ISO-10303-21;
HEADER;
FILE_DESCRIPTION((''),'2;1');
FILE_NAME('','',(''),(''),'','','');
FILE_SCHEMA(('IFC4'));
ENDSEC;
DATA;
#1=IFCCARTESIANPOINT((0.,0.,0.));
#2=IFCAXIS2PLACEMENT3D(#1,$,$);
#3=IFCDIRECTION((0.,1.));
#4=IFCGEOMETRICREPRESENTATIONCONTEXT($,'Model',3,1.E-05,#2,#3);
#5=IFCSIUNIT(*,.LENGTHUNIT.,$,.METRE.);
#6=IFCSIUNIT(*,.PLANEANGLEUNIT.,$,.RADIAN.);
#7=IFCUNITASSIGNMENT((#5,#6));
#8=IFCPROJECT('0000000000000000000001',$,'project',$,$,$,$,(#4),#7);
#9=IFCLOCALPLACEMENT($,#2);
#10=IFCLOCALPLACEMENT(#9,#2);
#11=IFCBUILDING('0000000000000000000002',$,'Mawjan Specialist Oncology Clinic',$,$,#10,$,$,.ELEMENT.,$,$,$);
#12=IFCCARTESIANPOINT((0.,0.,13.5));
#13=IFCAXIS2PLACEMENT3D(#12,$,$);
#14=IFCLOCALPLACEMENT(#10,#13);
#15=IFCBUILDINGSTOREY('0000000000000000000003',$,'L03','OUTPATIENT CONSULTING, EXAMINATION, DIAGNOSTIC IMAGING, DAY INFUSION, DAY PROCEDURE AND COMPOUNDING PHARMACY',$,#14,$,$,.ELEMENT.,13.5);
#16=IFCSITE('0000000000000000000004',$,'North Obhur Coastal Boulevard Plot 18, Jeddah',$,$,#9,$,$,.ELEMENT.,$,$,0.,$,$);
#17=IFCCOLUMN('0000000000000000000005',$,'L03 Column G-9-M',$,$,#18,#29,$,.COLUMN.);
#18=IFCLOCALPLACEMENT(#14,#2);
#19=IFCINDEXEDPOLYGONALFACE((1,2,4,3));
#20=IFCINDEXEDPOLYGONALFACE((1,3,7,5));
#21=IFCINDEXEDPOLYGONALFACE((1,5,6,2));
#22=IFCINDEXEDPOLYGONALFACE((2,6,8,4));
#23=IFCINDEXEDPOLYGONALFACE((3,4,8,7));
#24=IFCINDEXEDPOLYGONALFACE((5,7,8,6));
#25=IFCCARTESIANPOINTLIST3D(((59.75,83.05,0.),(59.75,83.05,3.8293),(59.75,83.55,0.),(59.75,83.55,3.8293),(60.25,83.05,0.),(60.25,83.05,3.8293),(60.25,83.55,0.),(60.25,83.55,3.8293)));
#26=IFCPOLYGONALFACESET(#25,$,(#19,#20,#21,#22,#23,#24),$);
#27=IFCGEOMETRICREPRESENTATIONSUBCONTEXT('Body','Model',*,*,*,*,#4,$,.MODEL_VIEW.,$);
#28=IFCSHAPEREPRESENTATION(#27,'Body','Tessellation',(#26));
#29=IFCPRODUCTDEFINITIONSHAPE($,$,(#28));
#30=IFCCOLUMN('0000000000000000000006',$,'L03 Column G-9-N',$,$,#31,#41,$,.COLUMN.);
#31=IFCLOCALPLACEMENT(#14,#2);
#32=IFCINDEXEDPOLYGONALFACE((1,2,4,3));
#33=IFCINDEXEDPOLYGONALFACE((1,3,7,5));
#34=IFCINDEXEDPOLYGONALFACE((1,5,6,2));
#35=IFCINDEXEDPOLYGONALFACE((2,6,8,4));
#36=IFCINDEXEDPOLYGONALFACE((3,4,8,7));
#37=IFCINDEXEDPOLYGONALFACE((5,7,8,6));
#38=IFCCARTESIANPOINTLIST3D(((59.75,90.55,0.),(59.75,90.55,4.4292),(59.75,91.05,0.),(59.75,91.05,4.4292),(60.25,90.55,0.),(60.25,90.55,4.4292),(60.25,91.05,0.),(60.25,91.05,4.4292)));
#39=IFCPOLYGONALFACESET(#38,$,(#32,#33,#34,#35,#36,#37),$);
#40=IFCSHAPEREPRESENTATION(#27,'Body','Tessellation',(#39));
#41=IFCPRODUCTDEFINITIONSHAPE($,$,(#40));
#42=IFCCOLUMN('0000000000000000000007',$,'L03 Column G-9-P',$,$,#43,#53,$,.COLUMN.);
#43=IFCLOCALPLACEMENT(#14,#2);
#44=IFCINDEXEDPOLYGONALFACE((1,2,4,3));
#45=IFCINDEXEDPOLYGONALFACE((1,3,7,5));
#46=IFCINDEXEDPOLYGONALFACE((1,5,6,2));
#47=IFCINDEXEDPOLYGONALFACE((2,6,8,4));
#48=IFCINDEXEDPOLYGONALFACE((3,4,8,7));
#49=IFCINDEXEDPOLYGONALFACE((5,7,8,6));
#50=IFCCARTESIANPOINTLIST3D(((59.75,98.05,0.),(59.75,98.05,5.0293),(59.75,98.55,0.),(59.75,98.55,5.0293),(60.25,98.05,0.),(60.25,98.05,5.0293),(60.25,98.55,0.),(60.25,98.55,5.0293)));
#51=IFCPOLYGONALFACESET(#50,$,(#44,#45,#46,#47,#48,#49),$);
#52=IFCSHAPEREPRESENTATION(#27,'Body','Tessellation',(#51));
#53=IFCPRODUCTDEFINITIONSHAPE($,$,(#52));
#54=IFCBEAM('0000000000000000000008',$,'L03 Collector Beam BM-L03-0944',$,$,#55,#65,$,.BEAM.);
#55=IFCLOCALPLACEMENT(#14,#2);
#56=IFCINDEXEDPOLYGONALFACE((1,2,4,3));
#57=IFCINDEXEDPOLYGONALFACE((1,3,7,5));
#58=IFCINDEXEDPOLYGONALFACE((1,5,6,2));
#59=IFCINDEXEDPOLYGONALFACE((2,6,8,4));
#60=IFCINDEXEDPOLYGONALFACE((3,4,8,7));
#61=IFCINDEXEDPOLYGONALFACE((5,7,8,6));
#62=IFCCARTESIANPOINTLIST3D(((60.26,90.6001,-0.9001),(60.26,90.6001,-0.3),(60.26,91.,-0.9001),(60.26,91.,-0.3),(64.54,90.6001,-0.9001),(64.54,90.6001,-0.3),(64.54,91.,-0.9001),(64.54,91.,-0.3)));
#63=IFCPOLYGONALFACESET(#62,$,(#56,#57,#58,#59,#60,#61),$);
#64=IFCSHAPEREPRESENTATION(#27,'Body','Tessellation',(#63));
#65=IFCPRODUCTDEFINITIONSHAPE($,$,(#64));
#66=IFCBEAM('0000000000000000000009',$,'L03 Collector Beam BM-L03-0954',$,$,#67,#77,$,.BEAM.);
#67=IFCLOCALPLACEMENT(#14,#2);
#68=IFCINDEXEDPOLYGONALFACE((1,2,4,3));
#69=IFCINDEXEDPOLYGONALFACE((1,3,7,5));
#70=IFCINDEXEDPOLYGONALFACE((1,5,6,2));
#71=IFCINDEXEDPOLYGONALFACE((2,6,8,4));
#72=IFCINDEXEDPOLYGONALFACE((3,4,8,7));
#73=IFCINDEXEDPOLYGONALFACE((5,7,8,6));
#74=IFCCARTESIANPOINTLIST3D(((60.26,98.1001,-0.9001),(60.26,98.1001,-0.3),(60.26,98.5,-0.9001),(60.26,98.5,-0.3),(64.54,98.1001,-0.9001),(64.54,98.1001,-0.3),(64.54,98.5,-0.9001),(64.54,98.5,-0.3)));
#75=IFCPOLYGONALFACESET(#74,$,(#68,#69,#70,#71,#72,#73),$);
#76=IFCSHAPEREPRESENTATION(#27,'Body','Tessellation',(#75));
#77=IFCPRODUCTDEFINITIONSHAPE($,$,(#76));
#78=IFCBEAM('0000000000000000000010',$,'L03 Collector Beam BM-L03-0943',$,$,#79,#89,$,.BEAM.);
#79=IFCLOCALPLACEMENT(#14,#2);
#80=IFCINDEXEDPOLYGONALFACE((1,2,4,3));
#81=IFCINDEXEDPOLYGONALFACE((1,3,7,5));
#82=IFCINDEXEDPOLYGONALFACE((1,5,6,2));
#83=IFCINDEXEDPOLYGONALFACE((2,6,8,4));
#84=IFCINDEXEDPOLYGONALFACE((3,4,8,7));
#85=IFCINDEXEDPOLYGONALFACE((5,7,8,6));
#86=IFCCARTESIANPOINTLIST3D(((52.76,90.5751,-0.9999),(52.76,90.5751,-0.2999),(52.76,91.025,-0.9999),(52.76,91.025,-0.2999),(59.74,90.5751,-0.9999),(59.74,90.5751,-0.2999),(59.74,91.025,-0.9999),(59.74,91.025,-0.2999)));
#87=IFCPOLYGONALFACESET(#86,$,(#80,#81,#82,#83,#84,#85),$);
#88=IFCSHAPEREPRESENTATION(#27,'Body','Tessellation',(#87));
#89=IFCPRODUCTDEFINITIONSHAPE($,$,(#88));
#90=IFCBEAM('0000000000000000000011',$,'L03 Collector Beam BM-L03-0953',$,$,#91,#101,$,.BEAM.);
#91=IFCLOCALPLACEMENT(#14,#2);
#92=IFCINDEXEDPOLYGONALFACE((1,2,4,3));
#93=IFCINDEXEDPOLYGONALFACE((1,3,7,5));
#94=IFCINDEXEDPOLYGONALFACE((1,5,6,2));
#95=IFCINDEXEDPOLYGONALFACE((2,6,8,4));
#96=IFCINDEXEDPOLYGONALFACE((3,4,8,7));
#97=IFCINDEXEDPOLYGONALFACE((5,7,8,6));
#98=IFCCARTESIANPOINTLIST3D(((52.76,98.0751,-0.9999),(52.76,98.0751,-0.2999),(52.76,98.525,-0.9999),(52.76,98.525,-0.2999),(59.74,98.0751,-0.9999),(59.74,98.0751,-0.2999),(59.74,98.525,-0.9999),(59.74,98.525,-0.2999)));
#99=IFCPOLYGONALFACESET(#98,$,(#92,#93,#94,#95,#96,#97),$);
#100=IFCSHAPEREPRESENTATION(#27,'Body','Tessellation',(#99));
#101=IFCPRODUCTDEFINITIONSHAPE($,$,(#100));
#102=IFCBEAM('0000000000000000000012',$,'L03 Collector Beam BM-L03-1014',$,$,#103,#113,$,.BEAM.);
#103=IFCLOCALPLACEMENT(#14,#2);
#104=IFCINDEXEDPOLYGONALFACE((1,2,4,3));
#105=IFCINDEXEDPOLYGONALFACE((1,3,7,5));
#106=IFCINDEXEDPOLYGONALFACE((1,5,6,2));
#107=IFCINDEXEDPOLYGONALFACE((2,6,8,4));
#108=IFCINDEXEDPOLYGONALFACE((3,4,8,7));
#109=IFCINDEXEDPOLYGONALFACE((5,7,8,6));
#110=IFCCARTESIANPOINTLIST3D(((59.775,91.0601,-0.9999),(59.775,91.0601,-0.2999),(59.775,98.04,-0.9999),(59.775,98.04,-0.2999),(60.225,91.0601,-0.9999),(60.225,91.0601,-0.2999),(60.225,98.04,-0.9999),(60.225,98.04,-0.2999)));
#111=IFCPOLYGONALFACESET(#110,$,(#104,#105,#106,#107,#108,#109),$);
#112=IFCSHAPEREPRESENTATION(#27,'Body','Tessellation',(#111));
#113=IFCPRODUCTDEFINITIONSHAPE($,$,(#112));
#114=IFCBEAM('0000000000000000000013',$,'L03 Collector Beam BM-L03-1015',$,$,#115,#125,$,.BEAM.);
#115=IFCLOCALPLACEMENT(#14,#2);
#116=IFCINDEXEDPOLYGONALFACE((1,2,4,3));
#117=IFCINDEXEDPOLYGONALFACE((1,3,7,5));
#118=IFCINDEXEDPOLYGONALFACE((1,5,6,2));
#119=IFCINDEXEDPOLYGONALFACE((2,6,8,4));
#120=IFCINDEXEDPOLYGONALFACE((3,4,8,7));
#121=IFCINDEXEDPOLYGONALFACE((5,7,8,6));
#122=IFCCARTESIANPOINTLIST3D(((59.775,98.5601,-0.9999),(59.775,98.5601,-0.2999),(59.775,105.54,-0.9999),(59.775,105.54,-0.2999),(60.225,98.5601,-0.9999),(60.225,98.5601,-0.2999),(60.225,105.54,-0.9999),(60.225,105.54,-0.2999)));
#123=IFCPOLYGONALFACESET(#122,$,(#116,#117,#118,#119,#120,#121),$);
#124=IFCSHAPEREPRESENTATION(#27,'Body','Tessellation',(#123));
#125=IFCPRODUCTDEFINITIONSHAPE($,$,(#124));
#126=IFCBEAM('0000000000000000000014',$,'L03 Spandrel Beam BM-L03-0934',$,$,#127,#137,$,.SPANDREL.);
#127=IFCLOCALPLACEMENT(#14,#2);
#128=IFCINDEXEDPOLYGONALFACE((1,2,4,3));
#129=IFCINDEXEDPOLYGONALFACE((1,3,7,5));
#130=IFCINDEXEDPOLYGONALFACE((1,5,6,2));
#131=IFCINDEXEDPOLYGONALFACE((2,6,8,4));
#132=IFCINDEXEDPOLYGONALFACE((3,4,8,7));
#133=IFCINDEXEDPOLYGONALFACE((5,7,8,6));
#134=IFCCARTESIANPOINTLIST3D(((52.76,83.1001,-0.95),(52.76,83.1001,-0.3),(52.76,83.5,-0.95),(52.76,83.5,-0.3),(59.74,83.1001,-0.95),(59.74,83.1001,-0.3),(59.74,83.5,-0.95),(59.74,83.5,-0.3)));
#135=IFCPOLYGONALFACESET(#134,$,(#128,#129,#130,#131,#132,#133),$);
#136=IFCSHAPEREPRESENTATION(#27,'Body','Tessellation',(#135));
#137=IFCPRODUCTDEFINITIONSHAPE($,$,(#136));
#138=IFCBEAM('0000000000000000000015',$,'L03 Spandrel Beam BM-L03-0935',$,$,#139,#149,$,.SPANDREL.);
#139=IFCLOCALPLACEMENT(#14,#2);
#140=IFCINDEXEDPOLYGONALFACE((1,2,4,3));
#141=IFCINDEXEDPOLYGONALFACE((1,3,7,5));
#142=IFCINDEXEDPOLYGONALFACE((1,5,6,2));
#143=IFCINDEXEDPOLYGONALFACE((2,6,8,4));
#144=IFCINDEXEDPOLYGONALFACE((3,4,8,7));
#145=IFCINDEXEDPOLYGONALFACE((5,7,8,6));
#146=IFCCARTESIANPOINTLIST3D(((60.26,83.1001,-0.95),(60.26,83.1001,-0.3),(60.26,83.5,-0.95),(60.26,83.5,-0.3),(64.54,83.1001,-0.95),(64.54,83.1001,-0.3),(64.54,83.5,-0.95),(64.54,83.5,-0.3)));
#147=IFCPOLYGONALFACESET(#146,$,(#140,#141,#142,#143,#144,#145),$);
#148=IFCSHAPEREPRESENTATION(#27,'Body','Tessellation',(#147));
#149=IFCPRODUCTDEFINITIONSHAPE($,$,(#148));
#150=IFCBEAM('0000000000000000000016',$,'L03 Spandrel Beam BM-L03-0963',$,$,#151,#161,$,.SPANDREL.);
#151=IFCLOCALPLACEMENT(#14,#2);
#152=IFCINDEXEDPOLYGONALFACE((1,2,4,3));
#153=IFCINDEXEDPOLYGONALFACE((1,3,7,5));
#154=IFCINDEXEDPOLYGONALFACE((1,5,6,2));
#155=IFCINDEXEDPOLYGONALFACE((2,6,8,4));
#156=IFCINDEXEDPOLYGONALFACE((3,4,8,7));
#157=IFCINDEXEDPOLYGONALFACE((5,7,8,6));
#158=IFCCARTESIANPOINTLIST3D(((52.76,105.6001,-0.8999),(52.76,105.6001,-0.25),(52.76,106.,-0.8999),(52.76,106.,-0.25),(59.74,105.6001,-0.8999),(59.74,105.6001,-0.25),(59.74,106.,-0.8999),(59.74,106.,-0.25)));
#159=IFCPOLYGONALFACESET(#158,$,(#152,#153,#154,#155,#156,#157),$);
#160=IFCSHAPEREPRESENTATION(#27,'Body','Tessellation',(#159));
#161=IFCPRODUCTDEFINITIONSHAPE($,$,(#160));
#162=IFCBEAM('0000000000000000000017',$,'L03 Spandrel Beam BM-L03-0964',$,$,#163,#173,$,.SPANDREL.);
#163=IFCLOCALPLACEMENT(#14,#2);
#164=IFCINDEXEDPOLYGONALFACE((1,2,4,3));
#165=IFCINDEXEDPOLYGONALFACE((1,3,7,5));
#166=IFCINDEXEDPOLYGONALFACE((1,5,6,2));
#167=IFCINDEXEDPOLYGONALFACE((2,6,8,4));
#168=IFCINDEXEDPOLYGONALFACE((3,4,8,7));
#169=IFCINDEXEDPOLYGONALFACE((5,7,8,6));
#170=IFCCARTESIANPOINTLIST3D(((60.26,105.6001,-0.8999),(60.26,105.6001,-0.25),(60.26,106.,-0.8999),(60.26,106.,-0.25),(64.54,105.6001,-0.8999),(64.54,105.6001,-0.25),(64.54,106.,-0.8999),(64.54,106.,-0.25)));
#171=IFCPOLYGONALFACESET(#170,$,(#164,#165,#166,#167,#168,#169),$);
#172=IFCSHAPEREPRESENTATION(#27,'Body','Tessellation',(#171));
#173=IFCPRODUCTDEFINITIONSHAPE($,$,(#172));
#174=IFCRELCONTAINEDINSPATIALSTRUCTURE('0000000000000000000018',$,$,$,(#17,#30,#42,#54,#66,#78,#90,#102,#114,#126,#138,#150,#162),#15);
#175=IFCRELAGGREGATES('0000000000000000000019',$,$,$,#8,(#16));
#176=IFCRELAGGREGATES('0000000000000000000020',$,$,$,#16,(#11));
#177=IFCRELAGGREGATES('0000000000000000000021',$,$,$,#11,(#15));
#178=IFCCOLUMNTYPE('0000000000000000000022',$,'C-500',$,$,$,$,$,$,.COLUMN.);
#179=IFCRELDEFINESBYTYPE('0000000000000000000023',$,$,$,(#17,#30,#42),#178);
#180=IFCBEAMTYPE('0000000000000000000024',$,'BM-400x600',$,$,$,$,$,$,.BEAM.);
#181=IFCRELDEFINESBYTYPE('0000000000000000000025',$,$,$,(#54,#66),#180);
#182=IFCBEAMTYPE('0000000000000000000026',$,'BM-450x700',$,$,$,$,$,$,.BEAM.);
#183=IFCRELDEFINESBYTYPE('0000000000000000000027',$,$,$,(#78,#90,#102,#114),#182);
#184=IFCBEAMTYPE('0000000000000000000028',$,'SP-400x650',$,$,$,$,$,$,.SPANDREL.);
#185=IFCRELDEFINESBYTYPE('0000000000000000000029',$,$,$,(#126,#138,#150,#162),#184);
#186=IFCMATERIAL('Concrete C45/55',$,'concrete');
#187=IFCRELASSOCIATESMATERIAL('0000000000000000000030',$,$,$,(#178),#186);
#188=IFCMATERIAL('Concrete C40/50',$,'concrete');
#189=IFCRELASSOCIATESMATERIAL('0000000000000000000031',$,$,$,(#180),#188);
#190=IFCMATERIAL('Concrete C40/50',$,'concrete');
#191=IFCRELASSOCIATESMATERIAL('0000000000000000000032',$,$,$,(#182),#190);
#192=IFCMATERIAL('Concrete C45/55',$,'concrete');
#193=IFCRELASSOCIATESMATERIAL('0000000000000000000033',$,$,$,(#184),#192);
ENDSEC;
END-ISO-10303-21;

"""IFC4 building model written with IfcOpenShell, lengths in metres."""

from ifc_helpers import new_model, si_unit, direction, frame, origin, origin_2d, place, context, subcontext, project, spatial, rectangle, extrude, material, material_profile, profile_set, type_object, element, save


model = new_model("IFC4")

# Units and contexts
model_context = context("Model", 3, precision=1e-05, world=origin(), true_north=direction((0.0, 1.0)))
body_context = subcontext(model_context, "Body", "Model", "MODEL_VIEW")
ifc_project = project(units=[si_unit("LENGTHUNIT", "METRE"), si_unit("PLANEANGLEUNIT", "RADIAN")], contexts=[model_context])

# Site, building, storey
site_placement = place(None, origin())
site = spatial("IfcSite", under=ifc_project, at=site_placement, Name="North Obhur Coastal Boulevard Plot 18, Jeddah", CompositionType="ELEMENT", RefElevation=0.0)
building_placement = place(site_placement, origin())
building = spatial("IfcBuilding", under=site, at=building_placement, Name="Mawjan Specialist Oncology Clinic", CompositionType="ELEMENT")
storey_placement = place(building_placement, frame((0.0, 0.0, 13.5)))
storey = spatial("IfcBuildingStorey", under=building, at=storey_placement, Name="L03", Description="OUTPATIENT CONSULTING, EXAMINATION, DIAGNOSTIC IMAGING, DAY INFUSION, DAY PROCEDURE AND COMPOUNDING PHARMACY", CompositionType="ELEMENT", Elevation=13.5)

# Columns
ifc_material_1 = material(Name="Concrete C45/55", Category="concrete")
ifc_material_profile_1 = material_profile(ifc_material_1, rectangle(XDim=0.5, YDim=0.5, at=origin_2d()), Name="RC COL 500x500", Category="concrete")
ifc_profile_set_1 = profile_set([ifc_material_profile_1], Name="Concrete C45/55")
column_type = type_object("IfcColumnType", Name="C-500", PredefinedType="COLUMN", material=ifc_profile_set_1)
column_1_placement = place(storey_placement, frame((60.0, 83.3, 0.0), z_axis=(0.0, 0.0, 1.0), x_axis=(1.0, 0.0, 0.0)))
element("IfcColumn", 1, at=column_1_placement, inside=storey, type_object=column_type, Name="L03 Column G-9-M", PredefinedType="COLUMN", context=body_context, shape_type="SweptSolid", body=[
    extrude(rectangle(XDim=0.5, YDim=0.5, at=origin_2d()), origin(), (0.0, 0.0, 1.0), 3.8293),
])
column_2_placement = place(storey_placement, frame((60.0, 90.8, 0.0), z_axis=(0.0, 0.0, 1.0), x_axis=(1.0, 0.0, 0.0)))
element("IfcColumn", 2, at=column_2_placement, inside=storey, type_object=column_type, Name="L03 Column G-9-N", PredefinedType="COLUMN", context=body_context, shape_type="SweptSolid", body=[
    extrude(rectangle(XDim=0.5, YDim=0.5, at=origin_2d()), origin(), (0.0, 0.0, 1.0), 4.4292),
])
column_3_placement = place(storey_placement, frame((60.0, 98.3, 0.0), z_axis=(0.0, 0.0, 1.0), x_axis=(1.0, 0.0, 0.0)))
element("IfcColumn", 3, at=column_3_placement, inside=storey, type_object=column_type, Name="L03 Column G-9-P", PredefinedType="COLUMN", context=body_context, shape_type="SweptSolid", body=[
    extrude(rectangle(XDim=0.5, YDim=0.5, at=origin_2d()), origin(), (0.0, 0.0, 1.0), 5.0293),
])

# Beams
ifc_material_2 = material(Name="Concrete C40/50", Category="concrete")
ifc_material_profile_2 = material_profile(ifc_material_2, rectangle(XDim=0.3999, YDim=0.6001, at=origin_2d()), Name="RC BM 400x600", Category="concrete")
ifc_profile_set_2 = profile_set([ifc_material_profile_2], Name="Concrete C40/50")
beam_type_1 = type_object("IfcBeamType", Name="BM-400x600", PredefinedType="BEAM", material=ifc_profile_set_2)
for number, where, z_axis, x_axis, name in (
    (4, (60.26, 90.8, -0.6001), (1.0, 0.0, 0.0), (0.0, 1.0, 0.0), "L03 Collector Beam BM-L03-0944"),
    (5, (60.26, 98.3, -0.6001), (1.0, 0.0, 0.0), (0.0, 1.0, 0.0), "L03 Collector Beam BM-L03-0954"),
):
    element("IfcBeam", number, at=place(storey_placement, frame(where, z_axis=z_axis, x_axis=x_axis)), inside=storey, type_object=beam_type_1, Name=name, PredefinedType="BEAM", context=body_context, shape_type="SweptSolid", body=[
        extrude(rectangle(XDim=0.3999, YDim=0.6001, at=origin_2d()), origin(), (0.0, 0.0, 1.0), 4.28),
    ])
ifc_material_3 = material(Name="Concrete C40/50", Category="concrete")
ifc_material_profile_3 = material_profile(ifc_material_3, rectangle(XDim=0.45, YDim=0.7, at=origin_2d()), Name="RC BM 450x700", Category="concrete")
ifc_profile_set_3 = profile_set([ifc_material_profile_3], Name="Concrete C40/50")
beam_type_2 = type_object("IfcBeamType", Name="BM-450x700", PredefinedType="BEAM", material=ifc_profile_set_3)
for number, where, z_axis, x_axis, name in (
    (6, (52.76, 90.8, -0.6499), (1.0, 0.0, 0.0), (0.0, 1.0, 0.0), "L03 Collector Beam BM-L03-0943"),
    (7, (52.76, 98.3, -0.6499), (1.0, 0.0, 0.0), (0.0, 1.0, 0.0), "L03 Collector Beam BM-L03-0953"),
    (8, (60.0, 91.0601, -0.6499), (0.0, 1.0, 0.0), (-1.0, 0.0, 0.0), "L03 Collector Beam BM-L03-1014"),
    (9, (60.0, 98.5601, -0.6499), (0.0, 1.0, 0.0), (-1.0, 0.0, 0.0), "L03 Collector Beam BM-L03-1015"),
):
    element("IfcBeam", number, at=place(storey_placement, frame(where, z_axis=z_axis, x_axis=x_axis)), inside=storey, type_object=beam_type_2, Name=name, PredefinedType="BEAM", context=body_context, shape_type="SweptSolid", body=[
        extrude(rectangle(XDim=0.45, YDim=0.7, at=origin_2d()), origin(), (0.0, 0.0, 1.0), 6.98),
    ])
ifc_material_4 = material(Name="Concrete C45/55", Category="concrete")
ifc_material_profile_4 = material_profile(ifc_material_4, rectangle(XDim=0.3999, YDim=0.6499, at=origin_2d()), Name="RC BM 400x650", Category="concrete")
ifc_profile_set_4 = profile_set([ifc_material_profile_4], Name="Concrete C45/55")
beam_type_3 = type_object("IfcBeamType", Name="SP-400x650", PredefinedType="SPANDREL", material=ifc_profile_set_4)
beam_1_placement = place(storey_placement, frame((52.76, 83.3, -0.625), z_axis=(1.0, 0.0, 0.0), x_axis=(0.0, 1.0, 0.0)))
element("IfcBeam", 10, at=beam_1_placement, inside=storey, type_object=beam_type_3, Name="L03 Spandrel Beam BM-L03-0934", PredefinedType="SPANDREL", context=body_context, shape_type="SweptSolid", body=[
    extrude(rectangle(XDim=0.3999, YDim=0.6499, at=origin_2d()), origin(), (0.0, 0.0, 1.0), 6.98),
])
beam_2_placement = place(storey_placement, frame((60.26, 83.3, -0.625), z_axis=(1.0, 0.0, 0.0), x_axis=(0.0, 1.0, 0.0)))
element("IfcBeam", 11, at=beam_2_placement, inside=storey, type_object=beam_type_3, Name="L03 Spandrel Beam BM-L03-0935", PredefinedType="SPANDREL", context=body_context, shape_type="SweptSolid", body=[
    extrude(rectangle(XDim=0.3999, YDim=0.6499, at=origin_2d()), origin(), (0.0, 0.0, 1.0), 4.28),
])
beam_3_placement = place(storey_placement, frame((52.76, 105.8, -0.575), z_axis=(1.0, 0.0, 0.0), x_axis=(0.0, 1.0, 0.0)))
element("IfcBeam", 12, at=beam_3_placement, inside=storey, type_object=beam_type_3, Name="L03 Spandrel Beam BM-L03-0963", PredefinedType="SPANDREL", context=body_context, shape_type="SweptSolid", body=[
    extrude(rectangle(XDim=0.3999, YDim=0.6499, at=origin_2d()), origin(), (0.0, 0.0, 1.0), 6.98),
])
beam_4_placement = place(storey_placement, frame((60.26, 105.8, -0.575), z_axis=(1.0, 0.0, 0.0), x_axis=(0.0, 1.0, 0.0)))
element("IfcBeam", 13, at=beam_4_placement, inside=storey, type_object=beam_type_3, Name="L03 Spandrel Beam BM-L03-0964", PredefinedType="SPANDREL", context=body_context, shape_type="SweptSolid", body=[
    extrude(rectangle(XDim=0.3999, YDim=0.6499, at=origin_2d()), origin(), (0.0, 0.0, 1.0), 4.28),
])

save(model, "model.ifc")
